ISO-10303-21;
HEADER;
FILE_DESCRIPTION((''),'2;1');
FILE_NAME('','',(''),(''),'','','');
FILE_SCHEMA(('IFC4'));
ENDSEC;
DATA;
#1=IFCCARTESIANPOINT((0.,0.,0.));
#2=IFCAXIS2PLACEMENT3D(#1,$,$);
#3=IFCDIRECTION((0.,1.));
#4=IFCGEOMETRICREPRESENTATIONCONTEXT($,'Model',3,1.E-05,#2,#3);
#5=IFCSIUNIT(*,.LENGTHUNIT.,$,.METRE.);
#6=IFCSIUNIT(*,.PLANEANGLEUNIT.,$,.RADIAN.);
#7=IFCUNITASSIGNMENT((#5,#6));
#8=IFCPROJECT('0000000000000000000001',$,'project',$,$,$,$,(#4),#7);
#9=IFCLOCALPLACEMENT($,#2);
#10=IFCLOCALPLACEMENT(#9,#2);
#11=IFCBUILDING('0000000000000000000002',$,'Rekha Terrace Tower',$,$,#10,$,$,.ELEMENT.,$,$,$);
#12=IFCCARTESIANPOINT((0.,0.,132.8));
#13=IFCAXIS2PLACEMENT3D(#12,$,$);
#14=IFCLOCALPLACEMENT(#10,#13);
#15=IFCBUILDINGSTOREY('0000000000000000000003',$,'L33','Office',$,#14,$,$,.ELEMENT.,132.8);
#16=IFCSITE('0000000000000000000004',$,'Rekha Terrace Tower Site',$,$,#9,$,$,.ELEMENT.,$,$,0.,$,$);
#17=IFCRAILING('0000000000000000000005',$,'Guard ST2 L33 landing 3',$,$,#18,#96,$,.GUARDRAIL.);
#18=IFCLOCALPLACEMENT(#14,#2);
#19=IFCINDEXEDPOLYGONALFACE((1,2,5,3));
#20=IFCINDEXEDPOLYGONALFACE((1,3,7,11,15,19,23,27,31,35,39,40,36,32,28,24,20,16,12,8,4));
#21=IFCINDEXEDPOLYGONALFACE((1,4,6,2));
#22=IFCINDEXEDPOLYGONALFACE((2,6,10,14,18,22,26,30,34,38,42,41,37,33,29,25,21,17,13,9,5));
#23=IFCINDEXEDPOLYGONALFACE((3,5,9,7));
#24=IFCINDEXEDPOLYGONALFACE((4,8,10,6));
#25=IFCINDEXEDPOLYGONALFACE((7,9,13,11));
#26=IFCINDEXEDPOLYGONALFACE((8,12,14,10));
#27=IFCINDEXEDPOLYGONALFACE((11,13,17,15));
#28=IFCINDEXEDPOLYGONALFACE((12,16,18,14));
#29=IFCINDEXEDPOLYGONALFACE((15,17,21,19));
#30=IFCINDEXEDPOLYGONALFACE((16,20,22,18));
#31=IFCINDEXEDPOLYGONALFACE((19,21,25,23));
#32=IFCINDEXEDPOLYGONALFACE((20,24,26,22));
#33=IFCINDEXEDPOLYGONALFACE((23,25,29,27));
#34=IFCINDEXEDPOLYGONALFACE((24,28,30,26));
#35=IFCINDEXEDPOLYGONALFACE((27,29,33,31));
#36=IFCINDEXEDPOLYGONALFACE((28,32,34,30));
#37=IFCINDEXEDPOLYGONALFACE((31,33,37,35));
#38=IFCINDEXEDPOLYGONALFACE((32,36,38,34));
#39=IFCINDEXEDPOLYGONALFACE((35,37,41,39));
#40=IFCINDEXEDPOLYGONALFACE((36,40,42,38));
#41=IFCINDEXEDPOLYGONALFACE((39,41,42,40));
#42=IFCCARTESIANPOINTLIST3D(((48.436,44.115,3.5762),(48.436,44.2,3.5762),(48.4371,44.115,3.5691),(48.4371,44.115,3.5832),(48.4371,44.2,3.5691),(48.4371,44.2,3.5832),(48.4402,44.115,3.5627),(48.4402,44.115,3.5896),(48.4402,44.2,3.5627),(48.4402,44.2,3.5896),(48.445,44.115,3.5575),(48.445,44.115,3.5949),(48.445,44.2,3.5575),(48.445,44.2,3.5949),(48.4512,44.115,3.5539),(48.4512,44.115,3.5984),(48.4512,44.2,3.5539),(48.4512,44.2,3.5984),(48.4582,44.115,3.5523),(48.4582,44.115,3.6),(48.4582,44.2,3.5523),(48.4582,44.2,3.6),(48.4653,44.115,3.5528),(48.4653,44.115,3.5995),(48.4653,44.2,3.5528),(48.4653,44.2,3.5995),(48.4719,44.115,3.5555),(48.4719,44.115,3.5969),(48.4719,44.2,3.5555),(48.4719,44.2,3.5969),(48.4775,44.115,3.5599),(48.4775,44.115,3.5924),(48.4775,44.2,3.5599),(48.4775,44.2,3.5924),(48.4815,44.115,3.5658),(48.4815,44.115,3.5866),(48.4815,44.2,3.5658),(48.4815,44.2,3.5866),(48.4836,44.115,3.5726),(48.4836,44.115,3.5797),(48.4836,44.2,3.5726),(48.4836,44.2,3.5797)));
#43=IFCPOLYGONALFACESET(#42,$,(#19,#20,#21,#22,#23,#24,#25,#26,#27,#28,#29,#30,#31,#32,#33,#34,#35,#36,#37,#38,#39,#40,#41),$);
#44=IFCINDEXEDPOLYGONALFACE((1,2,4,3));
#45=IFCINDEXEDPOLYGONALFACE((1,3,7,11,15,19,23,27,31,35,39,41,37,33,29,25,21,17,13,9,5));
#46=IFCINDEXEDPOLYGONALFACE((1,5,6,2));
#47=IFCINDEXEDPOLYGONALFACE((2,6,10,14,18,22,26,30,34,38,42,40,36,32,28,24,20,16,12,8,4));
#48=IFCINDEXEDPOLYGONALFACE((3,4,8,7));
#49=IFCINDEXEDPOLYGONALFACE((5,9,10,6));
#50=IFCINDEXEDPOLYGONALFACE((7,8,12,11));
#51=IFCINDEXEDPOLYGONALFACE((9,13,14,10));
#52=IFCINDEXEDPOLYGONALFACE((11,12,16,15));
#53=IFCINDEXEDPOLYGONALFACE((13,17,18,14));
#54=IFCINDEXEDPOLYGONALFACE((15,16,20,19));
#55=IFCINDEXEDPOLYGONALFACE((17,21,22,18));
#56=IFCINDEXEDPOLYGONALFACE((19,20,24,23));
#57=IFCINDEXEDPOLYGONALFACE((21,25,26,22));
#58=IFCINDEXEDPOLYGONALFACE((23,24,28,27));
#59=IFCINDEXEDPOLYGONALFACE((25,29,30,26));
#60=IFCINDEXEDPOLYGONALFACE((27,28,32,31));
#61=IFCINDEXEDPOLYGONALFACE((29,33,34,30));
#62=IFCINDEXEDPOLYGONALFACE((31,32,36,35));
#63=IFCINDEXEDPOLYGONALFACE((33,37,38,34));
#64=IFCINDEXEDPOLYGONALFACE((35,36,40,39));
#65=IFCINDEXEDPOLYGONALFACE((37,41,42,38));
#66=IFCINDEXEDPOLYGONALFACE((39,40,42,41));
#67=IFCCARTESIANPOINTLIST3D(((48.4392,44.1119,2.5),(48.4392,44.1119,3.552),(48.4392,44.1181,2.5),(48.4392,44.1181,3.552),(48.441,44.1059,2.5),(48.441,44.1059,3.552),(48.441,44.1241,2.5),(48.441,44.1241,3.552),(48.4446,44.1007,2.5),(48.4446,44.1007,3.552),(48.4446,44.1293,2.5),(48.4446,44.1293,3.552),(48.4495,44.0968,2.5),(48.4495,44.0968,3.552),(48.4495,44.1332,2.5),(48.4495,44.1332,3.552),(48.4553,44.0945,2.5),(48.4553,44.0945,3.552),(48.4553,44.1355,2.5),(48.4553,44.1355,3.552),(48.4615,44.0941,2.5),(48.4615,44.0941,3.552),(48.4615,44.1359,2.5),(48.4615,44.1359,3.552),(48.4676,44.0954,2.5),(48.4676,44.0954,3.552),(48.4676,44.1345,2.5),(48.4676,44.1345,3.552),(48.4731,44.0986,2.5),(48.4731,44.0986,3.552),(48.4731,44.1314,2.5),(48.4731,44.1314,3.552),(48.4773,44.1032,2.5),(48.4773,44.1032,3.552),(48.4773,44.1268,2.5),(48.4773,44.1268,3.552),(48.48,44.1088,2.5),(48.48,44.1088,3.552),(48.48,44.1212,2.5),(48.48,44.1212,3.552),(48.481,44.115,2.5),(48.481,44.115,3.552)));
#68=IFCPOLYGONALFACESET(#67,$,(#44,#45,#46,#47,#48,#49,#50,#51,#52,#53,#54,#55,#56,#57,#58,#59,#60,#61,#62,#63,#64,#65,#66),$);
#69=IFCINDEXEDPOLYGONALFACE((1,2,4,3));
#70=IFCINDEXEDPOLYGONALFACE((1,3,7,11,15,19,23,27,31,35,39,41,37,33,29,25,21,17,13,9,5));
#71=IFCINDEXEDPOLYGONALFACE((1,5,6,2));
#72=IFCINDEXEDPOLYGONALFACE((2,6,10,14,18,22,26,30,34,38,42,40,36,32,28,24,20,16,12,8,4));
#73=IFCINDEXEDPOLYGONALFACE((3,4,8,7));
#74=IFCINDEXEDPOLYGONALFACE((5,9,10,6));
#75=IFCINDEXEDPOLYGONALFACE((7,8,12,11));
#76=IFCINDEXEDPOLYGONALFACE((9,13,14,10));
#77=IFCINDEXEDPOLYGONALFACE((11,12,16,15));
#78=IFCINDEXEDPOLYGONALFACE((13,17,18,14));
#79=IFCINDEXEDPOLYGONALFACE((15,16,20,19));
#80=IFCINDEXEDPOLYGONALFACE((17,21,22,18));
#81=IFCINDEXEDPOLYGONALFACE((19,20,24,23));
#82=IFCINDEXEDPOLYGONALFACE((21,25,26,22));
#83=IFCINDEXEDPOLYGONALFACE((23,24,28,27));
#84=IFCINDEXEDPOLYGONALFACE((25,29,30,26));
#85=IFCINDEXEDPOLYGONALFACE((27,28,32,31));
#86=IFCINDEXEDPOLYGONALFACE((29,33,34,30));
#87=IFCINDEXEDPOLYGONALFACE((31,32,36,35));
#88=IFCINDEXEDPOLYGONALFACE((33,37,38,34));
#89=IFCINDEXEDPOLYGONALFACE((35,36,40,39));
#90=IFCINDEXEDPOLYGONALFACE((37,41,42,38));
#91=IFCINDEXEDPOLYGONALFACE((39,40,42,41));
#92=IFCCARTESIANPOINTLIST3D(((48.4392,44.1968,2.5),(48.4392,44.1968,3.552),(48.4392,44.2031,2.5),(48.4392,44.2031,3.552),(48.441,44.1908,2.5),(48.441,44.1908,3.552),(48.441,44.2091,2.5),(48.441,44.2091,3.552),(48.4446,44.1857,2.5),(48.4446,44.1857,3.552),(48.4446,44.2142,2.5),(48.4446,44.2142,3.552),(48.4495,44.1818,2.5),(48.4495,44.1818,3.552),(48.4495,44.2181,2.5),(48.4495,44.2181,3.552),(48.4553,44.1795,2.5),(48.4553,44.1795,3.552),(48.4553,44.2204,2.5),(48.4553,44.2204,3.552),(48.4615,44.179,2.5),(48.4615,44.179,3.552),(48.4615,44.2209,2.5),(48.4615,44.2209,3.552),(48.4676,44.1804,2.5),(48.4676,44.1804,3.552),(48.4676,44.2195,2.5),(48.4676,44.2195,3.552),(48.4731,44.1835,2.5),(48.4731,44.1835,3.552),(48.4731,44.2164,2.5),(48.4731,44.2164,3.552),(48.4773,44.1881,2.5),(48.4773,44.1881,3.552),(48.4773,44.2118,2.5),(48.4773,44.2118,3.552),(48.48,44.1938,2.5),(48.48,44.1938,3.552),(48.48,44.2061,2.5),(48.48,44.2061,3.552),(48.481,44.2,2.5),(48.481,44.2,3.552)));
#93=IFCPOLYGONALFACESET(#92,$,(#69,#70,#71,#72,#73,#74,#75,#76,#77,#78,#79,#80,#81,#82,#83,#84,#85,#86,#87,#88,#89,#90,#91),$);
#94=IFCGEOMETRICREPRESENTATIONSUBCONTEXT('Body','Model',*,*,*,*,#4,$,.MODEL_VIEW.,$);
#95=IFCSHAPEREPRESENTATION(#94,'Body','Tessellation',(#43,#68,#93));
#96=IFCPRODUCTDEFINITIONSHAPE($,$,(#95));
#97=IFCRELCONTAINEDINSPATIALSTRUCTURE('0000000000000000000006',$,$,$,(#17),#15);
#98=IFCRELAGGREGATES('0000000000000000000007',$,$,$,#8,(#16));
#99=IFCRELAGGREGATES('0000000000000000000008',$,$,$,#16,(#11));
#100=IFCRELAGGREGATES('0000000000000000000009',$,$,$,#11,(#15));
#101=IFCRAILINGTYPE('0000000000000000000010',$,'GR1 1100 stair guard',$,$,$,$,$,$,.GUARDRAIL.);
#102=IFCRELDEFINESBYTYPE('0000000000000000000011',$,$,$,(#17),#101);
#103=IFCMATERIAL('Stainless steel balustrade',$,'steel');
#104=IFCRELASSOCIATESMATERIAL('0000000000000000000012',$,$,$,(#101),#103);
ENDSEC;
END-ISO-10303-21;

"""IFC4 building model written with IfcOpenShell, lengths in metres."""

from ifc_helpers import new_model, si_unit, direction, frame, origin, origin_2d, place, context, subcontext, project, spatial, circle, extrude, material, type_object, element, save


model = new_model("IFC4")

# Units and contexts
model_context = context("Model", 3, precision=1e-05, world=origin(), true_north=direction((0.0, 1.0)))
body_context = subcontext(model_context, "Body", "Model", "MODEL_VIEW")
ifc_project = project(units=[si_unit("LENGTHUNIT", "METRE"), si_unit("PLANEANGLEUNIT", "RADIAN")], contexts=[model_context])

# Site, building, storey
site_placement = place(None, origin())
site = spatial("IfcSite", under=ifc_project, at=site_placement, Name="Rekha Terrace Tower Site", CompositionType="ELEMENT", RefElevation=0.0)
building_placement = place(site_placement, origin())
building = spatial("IfcBuilding", under=site, at=building_placement, Name="Rekha Terrace Tower", CompositionType="ELEMENT")
storey_placement = place(building_placement, frame((0.0, 0.0, 132.8)))
storey = spatial("IfcBuildingStorey", under=building, at=storey_placement, Name="L33", Description="Office", CompositionType="ELEMENT", Elevation=132.8)

# Railing
ifc_material_1 = material(Name="Stainless steel balustrade", Category="steel")
railing_type_1 = type_object("IfcRailingType", Name="GR1 1100 stair guard", PredefinedType="GUARDRAIL", material=ifc_material_1)
railing_1_placement = place(storey_placement, frame((48.46, 44.115, 2.5)))
element("IfcRailing", 1, at=railing_1_placement, inside=storey, type_object=railing_type_1, Name="Guard ST2 L33 landing 3", PredefinedType="GUARDRAIL", context=body_context, shape_type="SweptSolid", body=[
    extrude(circle(Radius=0.0239, at=origin_2d()), frame((0.0, 0.0, 1.0762), z_axis=(0.0, 1.0, 0.0), x_axis=(-1.0, 0.0, 0.0)), (0.0, 0.0, 1.0), 0.085),
    extrude(circle(Radius=0.021, at=origin_2d()), origin(), (0.0, 0.0, 1.0), 1.052),
    extrude(circle(Radius=0.021, at=origin_2d()), frame((0.0, 0.085, 0.0)), (0.0, 0.0, 1.0), 1.052),
])

save(model, "model.ifc")
